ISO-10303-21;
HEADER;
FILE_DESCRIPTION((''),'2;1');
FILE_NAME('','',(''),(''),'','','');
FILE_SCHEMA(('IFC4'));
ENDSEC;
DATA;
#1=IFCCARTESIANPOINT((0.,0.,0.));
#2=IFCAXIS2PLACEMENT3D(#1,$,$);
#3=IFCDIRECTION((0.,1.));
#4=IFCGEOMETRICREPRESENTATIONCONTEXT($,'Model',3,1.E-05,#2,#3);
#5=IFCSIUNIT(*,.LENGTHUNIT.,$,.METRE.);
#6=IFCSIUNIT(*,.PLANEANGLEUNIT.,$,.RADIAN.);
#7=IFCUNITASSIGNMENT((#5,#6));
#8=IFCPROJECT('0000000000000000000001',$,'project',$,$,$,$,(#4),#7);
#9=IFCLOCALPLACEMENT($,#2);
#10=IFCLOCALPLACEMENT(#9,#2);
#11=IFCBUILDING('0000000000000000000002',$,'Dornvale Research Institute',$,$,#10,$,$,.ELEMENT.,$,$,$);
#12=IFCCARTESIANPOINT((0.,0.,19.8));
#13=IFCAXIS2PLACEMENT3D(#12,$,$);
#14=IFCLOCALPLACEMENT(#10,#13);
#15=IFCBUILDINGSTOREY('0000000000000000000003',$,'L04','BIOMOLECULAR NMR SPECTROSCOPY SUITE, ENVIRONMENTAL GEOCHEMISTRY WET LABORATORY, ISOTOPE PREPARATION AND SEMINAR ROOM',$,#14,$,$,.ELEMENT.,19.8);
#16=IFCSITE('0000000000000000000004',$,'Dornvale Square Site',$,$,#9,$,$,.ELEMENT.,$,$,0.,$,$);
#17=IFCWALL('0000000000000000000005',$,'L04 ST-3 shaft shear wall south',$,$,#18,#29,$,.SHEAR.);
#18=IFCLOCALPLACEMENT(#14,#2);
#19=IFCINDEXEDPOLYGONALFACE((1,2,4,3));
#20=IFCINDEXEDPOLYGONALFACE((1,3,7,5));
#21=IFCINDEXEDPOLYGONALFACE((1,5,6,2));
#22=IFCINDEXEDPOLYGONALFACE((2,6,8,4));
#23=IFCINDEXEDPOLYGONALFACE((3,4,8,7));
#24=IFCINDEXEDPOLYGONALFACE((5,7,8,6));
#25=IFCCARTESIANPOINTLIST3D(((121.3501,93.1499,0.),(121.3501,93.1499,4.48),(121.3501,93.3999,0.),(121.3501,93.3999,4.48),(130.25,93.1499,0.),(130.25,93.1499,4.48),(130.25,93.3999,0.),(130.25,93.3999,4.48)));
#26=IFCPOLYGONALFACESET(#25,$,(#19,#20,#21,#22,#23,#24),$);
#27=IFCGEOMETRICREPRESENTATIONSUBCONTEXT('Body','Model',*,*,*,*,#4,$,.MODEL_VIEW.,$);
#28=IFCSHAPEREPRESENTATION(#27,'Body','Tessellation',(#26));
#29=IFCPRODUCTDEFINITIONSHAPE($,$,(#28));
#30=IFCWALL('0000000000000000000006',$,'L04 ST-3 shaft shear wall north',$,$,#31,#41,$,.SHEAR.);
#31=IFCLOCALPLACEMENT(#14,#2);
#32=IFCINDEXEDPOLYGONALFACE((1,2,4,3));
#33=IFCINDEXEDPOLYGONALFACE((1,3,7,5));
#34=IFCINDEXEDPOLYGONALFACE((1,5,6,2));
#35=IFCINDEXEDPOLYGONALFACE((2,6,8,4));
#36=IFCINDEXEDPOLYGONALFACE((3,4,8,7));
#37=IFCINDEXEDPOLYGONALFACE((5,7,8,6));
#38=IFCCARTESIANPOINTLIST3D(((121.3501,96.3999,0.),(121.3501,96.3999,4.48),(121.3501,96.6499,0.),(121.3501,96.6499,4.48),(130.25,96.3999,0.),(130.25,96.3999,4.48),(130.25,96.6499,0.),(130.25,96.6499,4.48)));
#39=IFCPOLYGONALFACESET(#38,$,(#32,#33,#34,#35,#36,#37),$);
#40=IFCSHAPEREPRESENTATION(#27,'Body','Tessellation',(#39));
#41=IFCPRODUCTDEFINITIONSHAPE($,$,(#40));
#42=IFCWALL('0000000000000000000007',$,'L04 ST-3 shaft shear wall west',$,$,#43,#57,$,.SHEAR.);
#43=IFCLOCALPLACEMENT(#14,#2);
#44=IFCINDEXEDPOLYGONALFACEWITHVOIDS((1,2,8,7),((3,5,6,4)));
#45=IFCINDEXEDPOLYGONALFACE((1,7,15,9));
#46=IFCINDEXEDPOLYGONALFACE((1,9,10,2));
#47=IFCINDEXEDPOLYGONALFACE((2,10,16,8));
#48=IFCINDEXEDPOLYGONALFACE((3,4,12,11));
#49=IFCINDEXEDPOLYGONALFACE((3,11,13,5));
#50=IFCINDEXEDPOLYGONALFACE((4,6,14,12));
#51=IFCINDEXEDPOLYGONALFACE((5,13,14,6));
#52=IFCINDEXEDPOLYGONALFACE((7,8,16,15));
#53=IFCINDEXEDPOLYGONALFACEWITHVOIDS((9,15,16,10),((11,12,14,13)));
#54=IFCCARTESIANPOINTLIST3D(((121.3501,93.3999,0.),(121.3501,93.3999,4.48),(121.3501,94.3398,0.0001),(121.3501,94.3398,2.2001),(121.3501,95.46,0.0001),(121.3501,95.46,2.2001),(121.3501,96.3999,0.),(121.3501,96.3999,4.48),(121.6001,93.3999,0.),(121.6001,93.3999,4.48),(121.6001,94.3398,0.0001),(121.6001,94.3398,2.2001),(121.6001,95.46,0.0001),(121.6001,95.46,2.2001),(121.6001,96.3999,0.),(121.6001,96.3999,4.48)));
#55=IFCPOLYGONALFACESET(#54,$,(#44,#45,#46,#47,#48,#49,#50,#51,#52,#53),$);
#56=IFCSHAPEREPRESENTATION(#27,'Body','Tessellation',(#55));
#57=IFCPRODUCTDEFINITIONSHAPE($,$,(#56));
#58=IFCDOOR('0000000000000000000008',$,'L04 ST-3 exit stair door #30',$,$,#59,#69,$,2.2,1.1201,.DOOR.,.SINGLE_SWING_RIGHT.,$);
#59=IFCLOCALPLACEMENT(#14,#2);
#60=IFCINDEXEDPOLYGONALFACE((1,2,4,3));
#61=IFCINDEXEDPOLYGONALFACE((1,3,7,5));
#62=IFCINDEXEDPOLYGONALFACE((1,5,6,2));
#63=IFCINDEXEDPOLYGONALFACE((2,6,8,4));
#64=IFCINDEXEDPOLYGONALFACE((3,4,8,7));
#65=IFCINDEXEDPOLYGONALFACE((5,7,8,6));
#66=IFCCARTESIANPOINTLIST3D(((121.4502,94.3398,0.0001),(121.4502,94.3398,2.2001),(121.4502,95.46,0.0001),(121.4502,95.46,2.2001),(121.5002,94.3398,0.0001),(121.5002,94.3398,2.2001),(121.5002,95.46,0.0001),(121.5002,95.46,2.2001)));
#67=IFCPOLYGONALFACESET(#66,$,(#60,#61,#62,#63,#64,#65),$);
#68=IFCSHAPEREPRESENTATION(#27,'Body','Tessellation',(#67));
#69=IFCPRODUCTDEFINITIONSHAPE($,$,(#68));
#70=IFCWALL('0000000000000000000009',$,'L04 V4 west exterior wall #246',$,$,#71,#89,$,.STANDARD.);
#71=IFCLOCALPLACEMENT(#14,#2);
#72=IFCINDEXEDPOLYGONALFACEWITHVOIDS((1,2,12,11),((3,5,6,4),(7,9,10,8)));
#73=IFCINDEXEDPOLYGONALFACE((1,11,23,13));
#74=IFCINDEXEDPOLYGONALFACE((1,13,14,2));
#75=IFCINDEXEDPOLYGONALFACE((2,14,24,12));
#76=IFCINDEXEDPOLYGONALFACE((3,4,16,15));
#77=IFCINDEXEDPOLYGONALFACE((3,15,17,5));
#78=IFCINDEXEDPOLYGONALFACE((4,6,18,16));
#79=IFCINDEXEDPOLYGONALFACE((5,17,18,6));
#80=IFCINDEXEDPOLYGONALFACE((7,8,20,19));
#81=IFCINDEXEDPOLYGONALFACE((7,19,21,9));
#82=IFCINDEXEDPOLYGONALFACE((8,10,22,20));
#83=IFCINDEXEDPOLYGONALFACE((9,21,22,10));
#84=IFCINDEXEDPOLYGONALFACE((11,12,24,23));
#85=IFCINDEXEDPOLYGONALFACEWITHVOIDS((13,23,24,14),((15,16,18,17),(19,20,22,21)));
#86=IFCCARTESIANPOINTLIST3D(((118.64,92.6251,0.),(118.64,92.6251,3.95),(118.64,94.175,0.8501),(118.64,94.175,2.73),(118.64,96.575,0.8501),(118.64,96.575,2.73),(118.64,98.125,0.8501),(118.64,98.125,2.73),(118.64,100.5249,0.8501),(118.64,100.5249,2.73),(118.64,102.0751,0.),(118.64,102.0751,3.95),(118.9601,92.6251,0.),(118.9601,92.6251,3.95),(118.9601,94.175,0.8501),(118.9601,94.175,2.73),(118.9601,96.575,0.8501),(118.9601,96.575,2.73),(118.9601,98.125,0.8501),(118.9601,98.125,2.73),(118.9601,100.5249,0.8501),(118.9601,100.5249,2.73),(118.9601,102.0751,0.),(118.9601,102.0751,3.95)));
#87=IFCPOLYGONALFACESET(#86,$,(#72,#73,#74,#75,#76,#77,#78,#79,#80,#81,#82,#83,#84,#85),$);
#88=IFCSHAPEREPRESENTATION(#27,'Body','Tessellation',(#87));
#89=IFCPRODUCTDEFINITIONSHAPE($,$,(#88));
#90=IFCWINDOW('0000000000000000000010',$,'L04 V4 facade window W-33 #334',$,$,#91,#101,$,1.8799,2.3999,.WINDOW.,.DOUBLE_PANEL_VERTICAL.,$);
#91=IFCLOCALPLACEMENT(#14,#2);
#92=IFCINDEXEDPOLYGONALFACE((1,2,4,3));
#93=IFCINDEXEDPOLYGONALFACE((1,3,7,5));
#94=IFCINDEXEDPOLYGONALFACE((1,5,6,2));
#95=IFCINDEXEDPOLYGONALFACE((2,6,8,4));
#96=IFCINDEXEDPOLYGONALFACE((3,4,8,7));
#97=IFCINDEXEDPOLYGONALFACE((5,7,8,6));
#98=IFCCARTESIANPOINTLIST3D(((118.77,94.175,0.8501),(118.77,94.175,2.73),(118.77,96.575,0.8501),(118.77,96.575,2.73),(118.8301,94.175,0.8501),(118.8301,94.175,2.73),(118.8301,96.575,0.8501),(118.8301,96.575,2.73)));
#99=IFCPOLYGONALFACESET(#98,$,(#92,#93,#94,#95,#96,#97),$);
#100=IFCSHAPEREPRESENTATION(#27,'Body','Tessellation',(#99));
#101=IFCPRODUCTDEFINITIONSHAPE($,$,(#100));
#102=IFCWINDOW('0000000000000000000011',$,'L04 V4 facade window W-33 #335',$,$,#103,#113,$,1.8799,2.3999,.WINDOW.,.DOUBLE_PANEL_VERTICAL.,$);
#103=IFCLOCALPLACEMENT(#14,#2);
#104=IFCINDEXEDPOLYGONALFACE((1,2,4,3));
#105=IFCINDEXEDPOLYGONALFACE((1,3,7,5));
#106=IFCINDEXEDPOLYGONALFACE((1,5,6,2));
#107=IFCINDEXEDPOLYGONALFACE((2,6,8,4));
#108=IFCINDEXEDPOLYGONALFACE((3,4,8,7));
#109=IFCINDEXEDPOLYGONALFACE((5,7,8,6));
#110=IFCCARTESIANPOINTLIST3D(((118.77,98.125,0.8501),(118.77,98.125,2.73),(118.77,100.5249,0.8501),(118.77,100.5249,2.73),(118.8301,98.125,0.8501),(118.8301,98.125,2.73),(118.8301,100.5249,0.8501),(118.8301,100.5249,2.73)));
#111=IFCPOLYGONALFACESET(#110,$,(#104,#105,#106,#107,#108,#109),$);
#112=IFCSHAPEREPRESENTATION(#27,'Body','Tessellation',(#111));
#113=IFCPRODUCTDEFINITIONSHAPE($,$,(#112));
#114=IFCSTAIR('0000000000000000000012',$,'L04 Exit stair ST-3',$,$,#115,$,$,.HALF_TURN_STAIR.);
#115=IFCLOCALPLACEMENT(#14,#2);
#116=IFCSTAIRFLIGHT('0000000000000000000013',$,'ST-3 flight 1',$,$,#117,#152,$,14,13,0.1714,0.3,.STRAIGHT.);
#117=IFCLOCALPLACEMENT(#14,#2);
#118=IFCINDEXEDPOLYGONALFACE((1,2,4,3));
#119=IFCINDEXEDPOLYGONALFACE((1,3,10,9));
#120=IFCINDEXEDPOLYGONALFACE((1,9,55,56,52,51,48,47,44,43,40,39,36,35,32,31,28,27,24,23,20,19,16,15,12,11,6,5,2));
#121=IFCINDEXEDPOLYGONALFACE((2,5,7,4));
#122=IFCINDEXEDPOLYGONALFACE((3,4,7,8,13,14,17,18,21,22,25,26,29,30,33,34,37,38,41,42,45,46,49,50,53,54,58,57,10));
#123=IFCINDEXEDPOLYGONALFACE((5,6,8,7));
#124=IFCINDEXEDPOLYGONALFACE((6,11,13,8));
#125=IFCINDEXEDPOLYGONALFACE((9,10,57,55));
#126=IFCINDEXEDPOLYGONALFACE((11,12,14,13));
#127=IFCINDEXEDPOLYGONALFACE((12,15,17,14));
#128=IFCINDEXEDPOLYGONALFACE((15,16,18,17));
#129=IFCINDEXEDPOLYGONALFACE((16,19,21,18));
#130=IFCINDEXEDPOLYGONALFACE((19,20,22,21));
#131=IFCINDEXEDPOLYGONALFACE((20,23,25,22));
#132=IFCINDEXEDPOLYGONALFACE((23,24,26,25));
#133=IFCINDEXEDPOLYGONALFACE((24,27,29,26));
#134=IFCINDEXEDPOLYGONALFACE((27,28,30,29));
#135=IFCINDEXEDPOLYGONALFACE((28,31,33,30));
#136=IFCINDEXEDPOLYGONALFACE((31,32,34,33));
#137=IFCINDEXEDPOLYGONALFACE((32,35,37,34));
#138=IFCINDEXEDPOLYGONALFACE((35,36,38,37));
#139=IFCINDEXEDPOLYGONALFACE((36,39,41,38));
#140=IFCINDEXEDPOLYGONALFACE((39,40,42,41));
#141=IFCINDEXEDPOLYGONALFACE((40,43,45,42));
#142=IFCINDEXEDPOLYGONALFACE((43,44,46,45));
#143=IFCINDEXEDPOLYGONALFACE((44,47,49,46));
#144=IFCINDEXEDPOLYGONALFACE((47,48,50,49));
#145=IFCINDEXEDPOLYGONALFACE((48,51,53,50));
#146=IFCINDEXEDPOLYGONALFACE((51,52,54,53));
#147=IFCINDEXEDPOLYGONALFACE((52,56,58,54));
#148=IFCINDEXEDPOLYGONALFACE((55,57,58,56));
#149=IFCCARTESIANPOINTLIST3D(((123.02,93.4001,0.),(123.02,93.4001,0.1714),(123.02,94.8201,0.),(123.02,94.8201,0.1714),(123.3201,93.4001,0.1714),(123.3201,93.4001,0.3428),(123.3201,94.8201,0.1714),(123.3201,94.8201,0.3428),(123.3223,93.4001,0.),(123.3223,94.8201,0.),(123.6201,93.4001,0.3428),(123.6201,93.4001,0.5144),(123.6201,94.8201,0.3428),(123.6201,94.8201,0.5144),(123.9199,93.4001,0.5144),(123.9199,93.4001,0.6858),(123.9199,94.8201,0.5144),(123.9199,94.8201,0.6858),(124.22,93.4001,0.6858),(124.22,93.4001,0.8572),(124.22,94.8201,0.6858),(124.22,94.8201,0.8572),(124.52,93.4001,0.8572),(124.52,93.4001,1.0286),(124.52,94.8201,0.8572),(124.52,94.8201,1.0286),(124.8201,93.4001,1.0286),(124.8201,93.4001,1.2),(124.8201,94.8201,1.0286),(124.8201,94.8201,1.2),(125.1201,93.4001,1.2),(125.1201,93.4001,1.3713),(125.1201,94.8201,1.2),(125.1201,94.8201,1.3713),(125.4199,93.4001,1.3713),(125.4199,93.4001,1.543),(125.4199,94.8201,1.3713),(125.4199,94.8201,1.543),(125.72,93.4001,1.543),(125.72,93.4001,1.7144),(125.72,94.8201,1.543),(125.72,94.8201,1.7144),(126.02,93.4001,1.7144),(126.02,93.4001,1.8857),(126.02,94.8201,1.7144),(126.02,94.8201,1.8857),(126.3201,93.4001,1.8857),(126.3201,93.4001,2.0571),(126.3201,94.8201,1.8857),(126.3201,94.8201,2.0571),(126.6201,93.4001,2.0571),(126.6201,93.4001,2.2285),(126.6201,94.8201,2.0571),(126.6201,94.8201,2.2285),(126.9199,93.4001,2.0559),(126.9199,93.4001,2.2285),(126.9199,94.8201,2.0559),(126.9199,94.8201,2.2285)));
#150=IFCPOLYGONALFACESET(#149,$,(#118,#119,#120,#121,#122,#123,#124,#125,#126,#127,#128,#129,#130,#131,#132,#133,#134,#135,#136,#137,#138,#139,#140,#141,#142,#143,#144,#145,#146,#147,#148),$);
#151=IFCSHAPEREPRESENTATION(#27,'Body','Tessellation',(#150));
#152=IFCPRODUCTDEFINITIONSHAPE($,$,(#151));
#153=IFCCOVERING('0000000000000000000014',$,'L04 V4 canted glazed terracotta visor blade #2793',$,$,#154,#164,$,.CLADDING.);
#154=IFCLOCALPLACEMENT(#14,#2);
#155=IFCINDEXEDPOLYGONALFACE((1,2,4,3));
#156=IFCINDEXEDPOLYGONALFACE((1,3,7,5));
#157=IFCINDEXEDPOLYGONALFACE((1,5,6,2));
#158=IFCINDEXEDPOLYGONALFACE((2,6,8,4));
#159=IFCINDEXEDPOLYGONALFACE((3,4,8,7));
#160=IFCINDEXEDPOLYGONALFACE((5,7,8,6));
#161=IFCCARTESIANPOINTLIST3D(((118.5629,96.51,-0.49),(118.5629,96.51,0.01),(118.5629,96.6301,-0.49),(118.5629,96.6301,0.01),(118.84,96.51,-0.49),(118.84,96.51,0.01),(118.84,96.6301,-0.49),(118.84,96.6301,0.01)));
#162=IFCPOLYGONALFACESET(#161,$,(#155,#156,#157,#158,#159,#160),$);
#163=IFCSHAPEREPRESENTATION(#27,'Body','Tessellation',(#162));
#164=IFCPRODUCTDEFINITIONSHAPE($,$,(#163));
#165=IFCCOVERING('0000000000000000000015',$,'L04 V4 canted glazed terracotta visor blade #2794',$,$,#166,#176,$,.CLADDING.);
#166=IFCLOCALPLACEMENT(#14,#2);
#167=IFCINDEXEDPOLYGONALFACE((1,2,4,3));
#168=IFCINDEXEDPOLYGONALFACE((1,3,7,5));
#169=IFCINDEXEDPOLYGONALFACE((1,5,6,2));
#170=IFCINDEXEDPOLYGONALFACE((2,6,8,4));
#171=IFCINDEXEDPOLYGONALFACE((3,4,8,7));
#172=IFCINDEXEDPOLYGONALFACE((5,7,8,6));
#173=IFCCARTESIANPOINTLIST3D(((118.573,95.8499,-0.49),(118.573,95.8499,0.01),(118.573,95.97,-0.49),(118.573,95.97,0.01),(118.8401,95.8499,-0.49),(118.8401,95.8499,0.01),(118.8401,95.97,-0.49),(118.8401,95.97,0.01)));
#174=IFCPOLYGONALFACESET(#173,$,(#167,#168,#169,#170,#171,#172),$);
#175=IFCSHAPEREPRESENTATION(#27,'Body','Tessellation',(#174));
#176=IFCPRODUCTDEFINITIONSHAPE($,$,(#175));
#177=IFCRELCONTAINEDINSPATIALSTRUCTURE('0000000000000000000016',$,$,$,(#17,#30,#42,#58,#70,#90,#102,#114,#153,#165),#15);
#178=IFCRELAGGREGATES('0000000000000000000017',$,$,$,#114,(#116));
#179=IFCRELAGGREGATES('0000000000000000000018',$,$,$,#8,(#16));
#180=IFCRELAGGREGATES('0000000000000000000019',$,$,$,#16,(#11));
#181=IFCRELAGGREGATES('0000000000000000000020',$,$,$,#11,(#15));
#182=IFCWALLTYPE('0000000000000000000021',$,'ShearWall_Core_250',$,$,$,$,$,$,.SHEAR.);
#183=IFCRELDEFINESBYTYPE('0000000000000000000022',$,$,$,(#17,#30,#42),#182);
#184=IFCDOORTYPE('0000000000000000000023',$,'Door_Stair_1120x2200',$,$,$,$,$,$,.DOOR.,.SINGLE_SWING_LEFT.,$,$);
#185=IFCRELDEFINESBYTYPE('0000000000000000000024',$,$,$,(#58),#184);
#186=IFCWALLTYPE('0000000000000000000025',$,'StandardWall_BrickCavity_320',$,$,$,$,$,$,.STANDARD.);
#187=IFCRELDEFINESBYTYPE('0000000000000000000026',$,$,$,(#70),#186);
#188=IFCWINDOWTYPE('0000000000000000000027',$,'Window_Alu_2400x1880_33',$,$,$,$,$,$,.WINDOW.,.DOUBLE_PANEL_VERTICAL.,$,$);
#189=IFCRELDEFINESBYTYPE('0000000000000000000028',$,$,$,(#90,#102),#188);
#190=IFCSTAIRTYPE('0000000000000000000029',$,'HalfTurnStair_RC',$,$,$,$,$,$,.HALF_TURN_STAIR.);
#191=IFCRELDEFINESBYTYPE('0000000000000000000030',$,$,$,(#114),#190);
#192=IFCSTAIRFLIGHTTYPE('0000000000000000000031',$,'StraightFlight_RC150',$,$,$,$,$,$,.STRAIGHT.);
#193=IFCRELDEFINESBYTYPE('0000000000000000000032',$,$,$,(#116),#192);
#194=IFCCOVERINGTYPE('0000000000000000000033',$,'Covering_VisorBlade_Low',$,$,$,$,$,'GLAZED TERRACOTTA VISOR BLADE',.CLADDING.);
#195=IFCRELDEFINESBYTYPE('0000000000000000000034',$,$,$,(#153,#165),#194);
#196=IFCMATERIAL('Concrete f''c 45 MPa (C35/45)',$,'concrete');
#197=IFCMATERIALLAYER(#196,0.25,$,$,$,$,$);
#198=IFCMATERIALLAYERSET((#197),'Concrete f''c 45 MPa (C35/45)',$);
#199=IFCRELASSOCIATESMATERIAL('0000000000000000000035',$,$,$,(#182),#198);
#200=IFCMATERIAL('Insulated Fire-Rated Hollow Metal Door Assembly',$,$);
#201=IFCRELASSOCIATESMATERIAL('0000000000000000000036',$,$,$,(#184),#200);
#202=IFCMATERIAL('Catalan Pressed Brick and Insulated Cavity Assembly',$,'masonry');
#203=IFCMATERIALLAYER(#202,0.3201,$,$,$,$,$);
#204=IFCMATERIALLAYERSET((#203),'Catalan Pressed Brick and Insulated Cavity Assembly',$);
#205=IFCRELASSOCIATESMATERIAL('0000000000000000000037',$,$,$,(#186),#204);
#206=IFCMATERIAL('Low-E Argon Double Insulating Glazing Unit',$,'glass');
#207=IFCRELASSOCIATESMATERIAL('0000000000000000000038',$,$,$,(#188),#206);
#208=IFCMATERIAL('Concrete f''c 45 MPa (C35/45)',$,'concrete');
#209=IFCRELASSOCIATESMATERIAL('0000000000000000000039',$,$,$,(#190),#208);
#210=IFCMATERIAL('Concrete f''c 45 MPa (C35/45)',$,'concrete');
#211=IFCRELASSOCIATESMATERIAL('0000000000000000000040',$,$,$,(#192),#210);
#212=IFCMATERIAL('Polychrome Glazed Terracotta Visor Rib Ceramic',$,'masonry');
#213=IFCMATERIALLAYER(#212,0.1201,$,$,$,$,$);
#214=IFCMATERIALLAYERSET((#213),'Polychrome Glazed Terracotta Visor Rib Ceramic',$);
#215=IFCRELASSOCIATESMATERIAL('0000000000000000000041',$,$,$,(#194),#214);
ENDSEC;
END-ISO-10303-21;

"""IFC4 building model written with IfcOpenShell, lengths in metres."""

from ifc_helpers import new_model, si_unit, direction, frame, frame_2d, origin, origin_2d, place, context, subcontext, project, spatial, polyline, rectangle, outline, extrude, material, layer, layer_set, type_object, element, fill, aggregate, save


model = new_model("IFC4")

# Units and contexts
model_context = context("Model", 3, precision=1e-05, world=origin(), true_north=direction((0.0, 1.0)))
body_context = subcontext(model_context, "Body", "Model", "MODEL_VIEW")
ifc_project = project(units=[si_unit("LENGTHUNIT", "METRE"), si_unit("PLANEANGLEUNIT", "RADIAN")], contexts=[model_context])

# Site, building, storey
site_placement = place(None, origin())
site = spatial("IfcSite", under=ifc_project, at=site_placement, Name="Dornvale Square Site", CompositionType="ELEMENT", RefElevation=0.0)
building_placement = place(site_placement, origin())
building = spatial("IfcBuilding", under=site, at=building_placement, Name="Dornvale Research Institute", CompositionType="ELEMENT")
storey_placement = place(building_placement, frame((0.0, 0.0, 19.8)))
storey = spatial("IfcBuildingStorey", under=building, at=storey_placement, Name="L04", Description="BIOMOLECULAR NMR SPECTROSCOPY SUITE, ENVIRONMENTAL GEOCHEMISTRY WET LABORATORY, ISOTOPE PREPARATION AND SEMINAR ROOM", CompositionType="ELEMENT", Elevation=19.8)

# Walls
ifc_material_1 = material(Name="Concrete f'c 45 MPa (C35/45)", Category="concrete")
ifc_layer_1 = layer(ifc_material_1, 0.25)
ifc_layer_set_1 = layer_set([ifc_layer_1], Name="Concrete f'c 45 MPa (C35/45)")
wall_type_1 = type_object("IfcWallType", Name="ShearWall_Core_250", PredefinedType="SHEAR", material=ifc_layer_set_1)
for number, where, z_axis, x_axis, name in (
    (1, (121.3501, 93.2749, 0.0), (0.0, 0.0, 1.0), (1.0, 0.0, 0.0), "L04 ST-3 shaft shear wall south"),
    (2, (121.3501, 96.5249, 0.0), (0.0, 0.0, 1.0), (1.0, 0.0, 0.0), "L04 ST-3 shaft shear wall north"),
):
    element("IfcWall", number, at=place(storey_placement, frame(where, z_axis=z_axis, x_axis=x_axis)), inside=storey, type_object=wall_type_1, Name=name, PredefinedType="SHEAR", context=body_context, shape_type="SweptSolid", body=[
        extrude(rectangle(XDim=8.8999, YDim=0.25, at=frame_2d((4.45, 0.0))), origin(), (0.0, 0.0, 1.0), 4.48),
    ])

# Wall, opening, door
wall_1_placement = place(storey_placement, frame((121.4751, 93.3999, 0.0), z_axis=(0.0, 0.0, 1.0), x_axis=(0.0, 1.0, 0.0)))
wall_1 = element("IfcWall", 3, at=wall_1_placement, inside=storey, type_object=wall_type_1, Name="L04 ST-3 shaft shear wall west", PredefinedType="SHEAR", context=body_context, shape_type="SweptSolid", body=[
    extrude(rectangle(XDim=3.0, YDim=0.25, at=frame_2d((1.5, 0.0))), origin(), (0.0, 0.0, 1.0), 4.48),
])
opening_1_placement = place(wall_1_placement, frame((0.9399, 0.0, 0.0)))
opening_1 = element("IfcOpeningElement", 4, at=opening_1_placement, cuts=wall_1, PredefinedType="OPENING", context=body_context, shape_type="SweptSolid", body=[
    extrude(rectangle(XDim=1.1201, YDim=2.2, at=frame_2d((0.5601, 1.1001))), frame((0.0, 0.1399, 0.0), z_axis=(0.0, -1.0, 0.0), x_axis=(1.0, 0.0, 0.0)), (0.0, 0.0, 1.0), 0.28),
])
ifc_material_2 = material(Name="Insulated Fire-Rated Hollow Metal Door Assembly")
door_type = type_object("IfcDoorType", Name="Door_Stair_1120x2200", OperationType="SINGLE_SWING_LEFT", PredefinedType="DOOR", material=ifc_material_2)
door_placement = place(opening_1_placement, origin())
door = element("IfcDoor", 5, at=door_placement, inside=storey, type_object=door_type, Name="L04 ST-3 exit stair door #30", OperationType="SINGLE_SWING_RIGHT", OverallHeight=2.2, OverallWidth=1.1201, PredefinedType="DOOR", context=body_context, shape_type="SweptSolid", body=[
    extrude(rectangle(XDim=1.1201, YDim=2.2, at=frame_2d((0.5601, 1.1001))), frame((0.0, 0.0249, 0.0), z_axis=(0.0, -1.0, 0.0), x_axis=(1.0, 0.0, 0.0)), (0.0, 0.0, 1.0), 0.05),
])
fill(opening_1, door)

# Wall, openings, windows
ifc_material_3 = material(Name="Catalan Pressed Brick and Insulated Cavity Assembly", Category="masonry")
ifc_layer_2 = layer(ifc_material_3, 0.3201)
ifc_layer_set_2 = layer_set([ifc_layer_2], Name="Catalan Pressed Brick and Insulated Cavity Assembly")
wall_type_2 = type_object("IfcWallType", Name="StandardWall_BrickCavity_320", PredefinedType="STANDARD", material=ifc_layer_set_2)
wall_2_placement = place(storey_placement, frame((118.8, 92.625, 0.0), z_axis=(0.0, 0.0, 1.0), x_axis=(0.0, 1.0, 0.0)))
wall_2 = element("IfcWall", 6, at=wall_2_placement, inside=storey, type_object=wall_type_2, Name="L04 V4 west exterior wall #246", PredefinedType="STANDARD", context=body_context, shape_type="SweptSolid", body=[
    extrude(rectangle(XDim=9.45, YDim=0.3201, at=frame_2d((4.7251, 0.0))), origin(), (0.0, 0.0, 1.0), 3.95),
])
opening_2_placement = place(wall_2_placement, frame((1.55, 0.0, 0.8501)))
opening_2 = element("IfcOpeningElement", 7, at=opening_2_placement, cuts=wall_2, PredefinedType="OPENING", context=body_context, shape_type="SweptSolid", body=[
    extrude(rectangle(XDim=2.3999, YDim=1.8799, at=frame_2d((1.2, 0.9399))), frame((0.0, 0.175, 0.0), z_axis=(0.0, -1.0, 0.0), x_axis=(1.0, 0.0, 0.0)), (0.0, 0.0, 1.0), 0.3501),
])
opening_3_placement = place(wall_2_placement, frame((5.5, 0.0, 0.8501)))
opening_3 = element("IfcOpeningElement", 8, at=opening_3_placement, cuts=wall_2, PredefinedType="OPENING", context=body_context, shape_type="SweptSolid", body=[
    extrude(rectangle(XDim=2.3999, YDim=1.8799, at=frame_2d((1.2, 0.9399))), frame((0.0, 0.175, 0.0), z_axis=(0.0, -1.0, 0.0), x_axis=(1.0, 0.0, 0.0)), (0.0, 0.0, 1.0), 0.3501),
])
ifc_material_4 = material(Name="Low-E Argon Double Insulating Glazing Unit", Category="glass")
window_type = type_object("IfcWindowType", Name="Window_Alu_2400x1880_33", PartitioningType="DOUBLE_PANEL_VERTICAL", PredefinedType="WINDOW", material=ifc_material_4)
window_1_placement = place(opening_2_placement, origin())
window_1 = element("IfcWindow", 9, at=window_1_placement, inside=storey, type_object=window_type, Name="L04 V4 facade window W-33 #334", OverallHeight=1.8799, OverallWidth=2.3999, PartitioningType="DOUBLE_PANEL_VERTICAL", PredefinedType="WINDOW", context=body_context, shape_type="SweptSolid", body=[
    extrude(rectangle(XDim=2.3999, YDim=1.8799, at=frame_2d((1.2, 0.9399))), frame((0.0, 0.03, 0.0), z_axis=(0.0, -1.0, 0.0), x_axis=(1.0, 0.0, 0.0)), (0.0, 0.0, 1.0), 0.0601),
])
fill(opening_2, window_1)
window_2_placement = place(opening_3_placement, origin())
window_2 = element("IfcWindow", 10, at=window_2_placement, inside=storey, type_object=window_type, Name="L04 V4 facade window W-33 #335", OverallHeight=1.8799, OverallWidth=2.3999, PartitioningType="DOUBLE_PANEL_VERTICAL", PredefinedType="WINDOW", context=body_context, shape_type="SweptSolid", body=[
    extrude(rectangle(XDim=2.3999, YDim=1.8799, at=frame_2d((1.2, 0.9399))), frame((0.0, 0.03, 0.0), z_axis=(0.0, -1.0, 0.0), x_axis=(1.0, 0.0, 0.0)), (0.0, 0.0, 1.0), 0.0601),
])
fill(opening_3, window_2)

# Stair, stair flight
ifc_material_5 = material(Name="Concrete f'c 45 MPa (C35/45)", Category="concrete")
stair_type = type_object("IfcStairType", Name="HalfTurnStair_RC", PredefinedType="HALF_TURN_STAIR", material=ifc_material_5)
stair_placement = place(storey_placement, origin())
stair = element("IfcStair", 11, at=stair_placement, inside=storey, type_object=stair_type, Name="L04 Exit stair ST-3", PredefinedType="HALF_TURN_STAIR")
ifc_material_6 = material(Name="Concrete f'c 45 MPa (C35/45)", Category="concrete")
stair_flight_type = type_object("IfcStairFlightType", Name="StraightFlight_RC150", PredefinedType="STRAIGHT", material=ifc_material_6)
stair_flight_placement = place(storey_placement, frame((123.02, 94.1101, 0.0), z_axis=(0.0, 0.0, 1.0), x_axis=(1.0, 0.0, 0.0)))
stair_flight = element("IfcStairFlight", 12, at=stair_flight_placement, type_object=stair_flight_type, Name="ST-3 flight 1", NumberOfRisers=14, NumberOfTreads=13, PredefinedType="STRAIGHT", RiserHeight=0.1714, TreadLength=0.3, context=body_context, shape_type="SweptSolid", body=[
    extrude(outline(polyline([(0.0, 0.0), (0.0, 0.1714), (0.3, 0.1714), (0.3, 0.3428), (0.6001, 0.3428), (0.6001, 0.5144), (0.8999, 0.5144), (0.8999, 0.6858), (1.2, 0.6858), (1.2, 0.8572), (1.5, 0.8572), (1.5, 1.0286), (1.8, 1.0286), (1.8, 1.2), (2.1001, 1.2), (2.1001, 1.3713), (2.3999, 1.3713), (2.3999, 1.543), (2.7, 1.543), (2.7, 1.7144), (3.0, 1.7144), (3.0, 1.8857), (3.3, 1.8857), (3.3, 2.0571), (3.6001, 2.0571), (3.6001, 2.2285), (3.8999, 2.2285), (3.8999, 2.3999), (3.8999, 2.0559), (0.3022, 0.0), (0.0, 0.0)])), frame((0.0, 0.71, 0.0), z_axis=(0.0, -1.0, 0.0), x_axis=(1.0, 0.0, 0.0)), (0.0, 0.0, 1.0), 1.4199),
])
aggregate(stair, [stair_flight])

# Coverings
ifc_material_7 = material(Name="Polychrome Glazed Terracotta Visor Rib Ceramic", Category="masonry")
ifc_layer_3 = layer(ifc_material_7, 0.1201)
ifc_layer_set_3 = layer_set([ifc_layer_3], Name="Polychrome Glazed Terracotta Visor Rib Ceramic")
covering_type = type_object("IfcCoveringType", Name="Covering_VisorBlade_Low", ElementType="GLAZED TERRACOTTA VISOR BLADE", PredefinedType="CLADDING", material=ifc_layer_set_3)
covering_1_placement = place(storey_placement, frame((118.7014, 96.5701, -0.49), z_axis=(0.0, 0.0, 1.0), x_axis=(1.0, 0.0, 0.0)))
element("IfcCovering", 13, at=covering_1_placement, inside=storey, type_object=covering_type, Name="L04 V4 canted glazed terracotta visor blade #2793", PredefinedType="CLADDING", context=body_context, shape_type="SweptSolid", body=[
    extrude(rectangle(XDim=0.2771, YDim=0.1201, at=origin_2d()), origin(), (0.0, 0.0, 1.0), 0.5),
])
covering_2_placement = place(storey_placement, frame((118.7065, 95.9099, -0.49), z_axis=(0.0, 0.0, 1.0), x_axis=(1.0, 0.0, 0.0)))
element("IfcCovering", 14, at=covering_2_placement, inside=storey, type_object=covering_type, Name="L04 V4 canted glazed terracotta visor blade #2794", PredefinedType="CLADDING", context=body_context, shape_type="SweptSolid", body=[
    extrude(rectangle(XDim=0.2671, YDim=0.1201, at=origin_2d()), origin(), (0.0, 0.0, 1.0), 0.5),
])

save(model, "model.ifc")
